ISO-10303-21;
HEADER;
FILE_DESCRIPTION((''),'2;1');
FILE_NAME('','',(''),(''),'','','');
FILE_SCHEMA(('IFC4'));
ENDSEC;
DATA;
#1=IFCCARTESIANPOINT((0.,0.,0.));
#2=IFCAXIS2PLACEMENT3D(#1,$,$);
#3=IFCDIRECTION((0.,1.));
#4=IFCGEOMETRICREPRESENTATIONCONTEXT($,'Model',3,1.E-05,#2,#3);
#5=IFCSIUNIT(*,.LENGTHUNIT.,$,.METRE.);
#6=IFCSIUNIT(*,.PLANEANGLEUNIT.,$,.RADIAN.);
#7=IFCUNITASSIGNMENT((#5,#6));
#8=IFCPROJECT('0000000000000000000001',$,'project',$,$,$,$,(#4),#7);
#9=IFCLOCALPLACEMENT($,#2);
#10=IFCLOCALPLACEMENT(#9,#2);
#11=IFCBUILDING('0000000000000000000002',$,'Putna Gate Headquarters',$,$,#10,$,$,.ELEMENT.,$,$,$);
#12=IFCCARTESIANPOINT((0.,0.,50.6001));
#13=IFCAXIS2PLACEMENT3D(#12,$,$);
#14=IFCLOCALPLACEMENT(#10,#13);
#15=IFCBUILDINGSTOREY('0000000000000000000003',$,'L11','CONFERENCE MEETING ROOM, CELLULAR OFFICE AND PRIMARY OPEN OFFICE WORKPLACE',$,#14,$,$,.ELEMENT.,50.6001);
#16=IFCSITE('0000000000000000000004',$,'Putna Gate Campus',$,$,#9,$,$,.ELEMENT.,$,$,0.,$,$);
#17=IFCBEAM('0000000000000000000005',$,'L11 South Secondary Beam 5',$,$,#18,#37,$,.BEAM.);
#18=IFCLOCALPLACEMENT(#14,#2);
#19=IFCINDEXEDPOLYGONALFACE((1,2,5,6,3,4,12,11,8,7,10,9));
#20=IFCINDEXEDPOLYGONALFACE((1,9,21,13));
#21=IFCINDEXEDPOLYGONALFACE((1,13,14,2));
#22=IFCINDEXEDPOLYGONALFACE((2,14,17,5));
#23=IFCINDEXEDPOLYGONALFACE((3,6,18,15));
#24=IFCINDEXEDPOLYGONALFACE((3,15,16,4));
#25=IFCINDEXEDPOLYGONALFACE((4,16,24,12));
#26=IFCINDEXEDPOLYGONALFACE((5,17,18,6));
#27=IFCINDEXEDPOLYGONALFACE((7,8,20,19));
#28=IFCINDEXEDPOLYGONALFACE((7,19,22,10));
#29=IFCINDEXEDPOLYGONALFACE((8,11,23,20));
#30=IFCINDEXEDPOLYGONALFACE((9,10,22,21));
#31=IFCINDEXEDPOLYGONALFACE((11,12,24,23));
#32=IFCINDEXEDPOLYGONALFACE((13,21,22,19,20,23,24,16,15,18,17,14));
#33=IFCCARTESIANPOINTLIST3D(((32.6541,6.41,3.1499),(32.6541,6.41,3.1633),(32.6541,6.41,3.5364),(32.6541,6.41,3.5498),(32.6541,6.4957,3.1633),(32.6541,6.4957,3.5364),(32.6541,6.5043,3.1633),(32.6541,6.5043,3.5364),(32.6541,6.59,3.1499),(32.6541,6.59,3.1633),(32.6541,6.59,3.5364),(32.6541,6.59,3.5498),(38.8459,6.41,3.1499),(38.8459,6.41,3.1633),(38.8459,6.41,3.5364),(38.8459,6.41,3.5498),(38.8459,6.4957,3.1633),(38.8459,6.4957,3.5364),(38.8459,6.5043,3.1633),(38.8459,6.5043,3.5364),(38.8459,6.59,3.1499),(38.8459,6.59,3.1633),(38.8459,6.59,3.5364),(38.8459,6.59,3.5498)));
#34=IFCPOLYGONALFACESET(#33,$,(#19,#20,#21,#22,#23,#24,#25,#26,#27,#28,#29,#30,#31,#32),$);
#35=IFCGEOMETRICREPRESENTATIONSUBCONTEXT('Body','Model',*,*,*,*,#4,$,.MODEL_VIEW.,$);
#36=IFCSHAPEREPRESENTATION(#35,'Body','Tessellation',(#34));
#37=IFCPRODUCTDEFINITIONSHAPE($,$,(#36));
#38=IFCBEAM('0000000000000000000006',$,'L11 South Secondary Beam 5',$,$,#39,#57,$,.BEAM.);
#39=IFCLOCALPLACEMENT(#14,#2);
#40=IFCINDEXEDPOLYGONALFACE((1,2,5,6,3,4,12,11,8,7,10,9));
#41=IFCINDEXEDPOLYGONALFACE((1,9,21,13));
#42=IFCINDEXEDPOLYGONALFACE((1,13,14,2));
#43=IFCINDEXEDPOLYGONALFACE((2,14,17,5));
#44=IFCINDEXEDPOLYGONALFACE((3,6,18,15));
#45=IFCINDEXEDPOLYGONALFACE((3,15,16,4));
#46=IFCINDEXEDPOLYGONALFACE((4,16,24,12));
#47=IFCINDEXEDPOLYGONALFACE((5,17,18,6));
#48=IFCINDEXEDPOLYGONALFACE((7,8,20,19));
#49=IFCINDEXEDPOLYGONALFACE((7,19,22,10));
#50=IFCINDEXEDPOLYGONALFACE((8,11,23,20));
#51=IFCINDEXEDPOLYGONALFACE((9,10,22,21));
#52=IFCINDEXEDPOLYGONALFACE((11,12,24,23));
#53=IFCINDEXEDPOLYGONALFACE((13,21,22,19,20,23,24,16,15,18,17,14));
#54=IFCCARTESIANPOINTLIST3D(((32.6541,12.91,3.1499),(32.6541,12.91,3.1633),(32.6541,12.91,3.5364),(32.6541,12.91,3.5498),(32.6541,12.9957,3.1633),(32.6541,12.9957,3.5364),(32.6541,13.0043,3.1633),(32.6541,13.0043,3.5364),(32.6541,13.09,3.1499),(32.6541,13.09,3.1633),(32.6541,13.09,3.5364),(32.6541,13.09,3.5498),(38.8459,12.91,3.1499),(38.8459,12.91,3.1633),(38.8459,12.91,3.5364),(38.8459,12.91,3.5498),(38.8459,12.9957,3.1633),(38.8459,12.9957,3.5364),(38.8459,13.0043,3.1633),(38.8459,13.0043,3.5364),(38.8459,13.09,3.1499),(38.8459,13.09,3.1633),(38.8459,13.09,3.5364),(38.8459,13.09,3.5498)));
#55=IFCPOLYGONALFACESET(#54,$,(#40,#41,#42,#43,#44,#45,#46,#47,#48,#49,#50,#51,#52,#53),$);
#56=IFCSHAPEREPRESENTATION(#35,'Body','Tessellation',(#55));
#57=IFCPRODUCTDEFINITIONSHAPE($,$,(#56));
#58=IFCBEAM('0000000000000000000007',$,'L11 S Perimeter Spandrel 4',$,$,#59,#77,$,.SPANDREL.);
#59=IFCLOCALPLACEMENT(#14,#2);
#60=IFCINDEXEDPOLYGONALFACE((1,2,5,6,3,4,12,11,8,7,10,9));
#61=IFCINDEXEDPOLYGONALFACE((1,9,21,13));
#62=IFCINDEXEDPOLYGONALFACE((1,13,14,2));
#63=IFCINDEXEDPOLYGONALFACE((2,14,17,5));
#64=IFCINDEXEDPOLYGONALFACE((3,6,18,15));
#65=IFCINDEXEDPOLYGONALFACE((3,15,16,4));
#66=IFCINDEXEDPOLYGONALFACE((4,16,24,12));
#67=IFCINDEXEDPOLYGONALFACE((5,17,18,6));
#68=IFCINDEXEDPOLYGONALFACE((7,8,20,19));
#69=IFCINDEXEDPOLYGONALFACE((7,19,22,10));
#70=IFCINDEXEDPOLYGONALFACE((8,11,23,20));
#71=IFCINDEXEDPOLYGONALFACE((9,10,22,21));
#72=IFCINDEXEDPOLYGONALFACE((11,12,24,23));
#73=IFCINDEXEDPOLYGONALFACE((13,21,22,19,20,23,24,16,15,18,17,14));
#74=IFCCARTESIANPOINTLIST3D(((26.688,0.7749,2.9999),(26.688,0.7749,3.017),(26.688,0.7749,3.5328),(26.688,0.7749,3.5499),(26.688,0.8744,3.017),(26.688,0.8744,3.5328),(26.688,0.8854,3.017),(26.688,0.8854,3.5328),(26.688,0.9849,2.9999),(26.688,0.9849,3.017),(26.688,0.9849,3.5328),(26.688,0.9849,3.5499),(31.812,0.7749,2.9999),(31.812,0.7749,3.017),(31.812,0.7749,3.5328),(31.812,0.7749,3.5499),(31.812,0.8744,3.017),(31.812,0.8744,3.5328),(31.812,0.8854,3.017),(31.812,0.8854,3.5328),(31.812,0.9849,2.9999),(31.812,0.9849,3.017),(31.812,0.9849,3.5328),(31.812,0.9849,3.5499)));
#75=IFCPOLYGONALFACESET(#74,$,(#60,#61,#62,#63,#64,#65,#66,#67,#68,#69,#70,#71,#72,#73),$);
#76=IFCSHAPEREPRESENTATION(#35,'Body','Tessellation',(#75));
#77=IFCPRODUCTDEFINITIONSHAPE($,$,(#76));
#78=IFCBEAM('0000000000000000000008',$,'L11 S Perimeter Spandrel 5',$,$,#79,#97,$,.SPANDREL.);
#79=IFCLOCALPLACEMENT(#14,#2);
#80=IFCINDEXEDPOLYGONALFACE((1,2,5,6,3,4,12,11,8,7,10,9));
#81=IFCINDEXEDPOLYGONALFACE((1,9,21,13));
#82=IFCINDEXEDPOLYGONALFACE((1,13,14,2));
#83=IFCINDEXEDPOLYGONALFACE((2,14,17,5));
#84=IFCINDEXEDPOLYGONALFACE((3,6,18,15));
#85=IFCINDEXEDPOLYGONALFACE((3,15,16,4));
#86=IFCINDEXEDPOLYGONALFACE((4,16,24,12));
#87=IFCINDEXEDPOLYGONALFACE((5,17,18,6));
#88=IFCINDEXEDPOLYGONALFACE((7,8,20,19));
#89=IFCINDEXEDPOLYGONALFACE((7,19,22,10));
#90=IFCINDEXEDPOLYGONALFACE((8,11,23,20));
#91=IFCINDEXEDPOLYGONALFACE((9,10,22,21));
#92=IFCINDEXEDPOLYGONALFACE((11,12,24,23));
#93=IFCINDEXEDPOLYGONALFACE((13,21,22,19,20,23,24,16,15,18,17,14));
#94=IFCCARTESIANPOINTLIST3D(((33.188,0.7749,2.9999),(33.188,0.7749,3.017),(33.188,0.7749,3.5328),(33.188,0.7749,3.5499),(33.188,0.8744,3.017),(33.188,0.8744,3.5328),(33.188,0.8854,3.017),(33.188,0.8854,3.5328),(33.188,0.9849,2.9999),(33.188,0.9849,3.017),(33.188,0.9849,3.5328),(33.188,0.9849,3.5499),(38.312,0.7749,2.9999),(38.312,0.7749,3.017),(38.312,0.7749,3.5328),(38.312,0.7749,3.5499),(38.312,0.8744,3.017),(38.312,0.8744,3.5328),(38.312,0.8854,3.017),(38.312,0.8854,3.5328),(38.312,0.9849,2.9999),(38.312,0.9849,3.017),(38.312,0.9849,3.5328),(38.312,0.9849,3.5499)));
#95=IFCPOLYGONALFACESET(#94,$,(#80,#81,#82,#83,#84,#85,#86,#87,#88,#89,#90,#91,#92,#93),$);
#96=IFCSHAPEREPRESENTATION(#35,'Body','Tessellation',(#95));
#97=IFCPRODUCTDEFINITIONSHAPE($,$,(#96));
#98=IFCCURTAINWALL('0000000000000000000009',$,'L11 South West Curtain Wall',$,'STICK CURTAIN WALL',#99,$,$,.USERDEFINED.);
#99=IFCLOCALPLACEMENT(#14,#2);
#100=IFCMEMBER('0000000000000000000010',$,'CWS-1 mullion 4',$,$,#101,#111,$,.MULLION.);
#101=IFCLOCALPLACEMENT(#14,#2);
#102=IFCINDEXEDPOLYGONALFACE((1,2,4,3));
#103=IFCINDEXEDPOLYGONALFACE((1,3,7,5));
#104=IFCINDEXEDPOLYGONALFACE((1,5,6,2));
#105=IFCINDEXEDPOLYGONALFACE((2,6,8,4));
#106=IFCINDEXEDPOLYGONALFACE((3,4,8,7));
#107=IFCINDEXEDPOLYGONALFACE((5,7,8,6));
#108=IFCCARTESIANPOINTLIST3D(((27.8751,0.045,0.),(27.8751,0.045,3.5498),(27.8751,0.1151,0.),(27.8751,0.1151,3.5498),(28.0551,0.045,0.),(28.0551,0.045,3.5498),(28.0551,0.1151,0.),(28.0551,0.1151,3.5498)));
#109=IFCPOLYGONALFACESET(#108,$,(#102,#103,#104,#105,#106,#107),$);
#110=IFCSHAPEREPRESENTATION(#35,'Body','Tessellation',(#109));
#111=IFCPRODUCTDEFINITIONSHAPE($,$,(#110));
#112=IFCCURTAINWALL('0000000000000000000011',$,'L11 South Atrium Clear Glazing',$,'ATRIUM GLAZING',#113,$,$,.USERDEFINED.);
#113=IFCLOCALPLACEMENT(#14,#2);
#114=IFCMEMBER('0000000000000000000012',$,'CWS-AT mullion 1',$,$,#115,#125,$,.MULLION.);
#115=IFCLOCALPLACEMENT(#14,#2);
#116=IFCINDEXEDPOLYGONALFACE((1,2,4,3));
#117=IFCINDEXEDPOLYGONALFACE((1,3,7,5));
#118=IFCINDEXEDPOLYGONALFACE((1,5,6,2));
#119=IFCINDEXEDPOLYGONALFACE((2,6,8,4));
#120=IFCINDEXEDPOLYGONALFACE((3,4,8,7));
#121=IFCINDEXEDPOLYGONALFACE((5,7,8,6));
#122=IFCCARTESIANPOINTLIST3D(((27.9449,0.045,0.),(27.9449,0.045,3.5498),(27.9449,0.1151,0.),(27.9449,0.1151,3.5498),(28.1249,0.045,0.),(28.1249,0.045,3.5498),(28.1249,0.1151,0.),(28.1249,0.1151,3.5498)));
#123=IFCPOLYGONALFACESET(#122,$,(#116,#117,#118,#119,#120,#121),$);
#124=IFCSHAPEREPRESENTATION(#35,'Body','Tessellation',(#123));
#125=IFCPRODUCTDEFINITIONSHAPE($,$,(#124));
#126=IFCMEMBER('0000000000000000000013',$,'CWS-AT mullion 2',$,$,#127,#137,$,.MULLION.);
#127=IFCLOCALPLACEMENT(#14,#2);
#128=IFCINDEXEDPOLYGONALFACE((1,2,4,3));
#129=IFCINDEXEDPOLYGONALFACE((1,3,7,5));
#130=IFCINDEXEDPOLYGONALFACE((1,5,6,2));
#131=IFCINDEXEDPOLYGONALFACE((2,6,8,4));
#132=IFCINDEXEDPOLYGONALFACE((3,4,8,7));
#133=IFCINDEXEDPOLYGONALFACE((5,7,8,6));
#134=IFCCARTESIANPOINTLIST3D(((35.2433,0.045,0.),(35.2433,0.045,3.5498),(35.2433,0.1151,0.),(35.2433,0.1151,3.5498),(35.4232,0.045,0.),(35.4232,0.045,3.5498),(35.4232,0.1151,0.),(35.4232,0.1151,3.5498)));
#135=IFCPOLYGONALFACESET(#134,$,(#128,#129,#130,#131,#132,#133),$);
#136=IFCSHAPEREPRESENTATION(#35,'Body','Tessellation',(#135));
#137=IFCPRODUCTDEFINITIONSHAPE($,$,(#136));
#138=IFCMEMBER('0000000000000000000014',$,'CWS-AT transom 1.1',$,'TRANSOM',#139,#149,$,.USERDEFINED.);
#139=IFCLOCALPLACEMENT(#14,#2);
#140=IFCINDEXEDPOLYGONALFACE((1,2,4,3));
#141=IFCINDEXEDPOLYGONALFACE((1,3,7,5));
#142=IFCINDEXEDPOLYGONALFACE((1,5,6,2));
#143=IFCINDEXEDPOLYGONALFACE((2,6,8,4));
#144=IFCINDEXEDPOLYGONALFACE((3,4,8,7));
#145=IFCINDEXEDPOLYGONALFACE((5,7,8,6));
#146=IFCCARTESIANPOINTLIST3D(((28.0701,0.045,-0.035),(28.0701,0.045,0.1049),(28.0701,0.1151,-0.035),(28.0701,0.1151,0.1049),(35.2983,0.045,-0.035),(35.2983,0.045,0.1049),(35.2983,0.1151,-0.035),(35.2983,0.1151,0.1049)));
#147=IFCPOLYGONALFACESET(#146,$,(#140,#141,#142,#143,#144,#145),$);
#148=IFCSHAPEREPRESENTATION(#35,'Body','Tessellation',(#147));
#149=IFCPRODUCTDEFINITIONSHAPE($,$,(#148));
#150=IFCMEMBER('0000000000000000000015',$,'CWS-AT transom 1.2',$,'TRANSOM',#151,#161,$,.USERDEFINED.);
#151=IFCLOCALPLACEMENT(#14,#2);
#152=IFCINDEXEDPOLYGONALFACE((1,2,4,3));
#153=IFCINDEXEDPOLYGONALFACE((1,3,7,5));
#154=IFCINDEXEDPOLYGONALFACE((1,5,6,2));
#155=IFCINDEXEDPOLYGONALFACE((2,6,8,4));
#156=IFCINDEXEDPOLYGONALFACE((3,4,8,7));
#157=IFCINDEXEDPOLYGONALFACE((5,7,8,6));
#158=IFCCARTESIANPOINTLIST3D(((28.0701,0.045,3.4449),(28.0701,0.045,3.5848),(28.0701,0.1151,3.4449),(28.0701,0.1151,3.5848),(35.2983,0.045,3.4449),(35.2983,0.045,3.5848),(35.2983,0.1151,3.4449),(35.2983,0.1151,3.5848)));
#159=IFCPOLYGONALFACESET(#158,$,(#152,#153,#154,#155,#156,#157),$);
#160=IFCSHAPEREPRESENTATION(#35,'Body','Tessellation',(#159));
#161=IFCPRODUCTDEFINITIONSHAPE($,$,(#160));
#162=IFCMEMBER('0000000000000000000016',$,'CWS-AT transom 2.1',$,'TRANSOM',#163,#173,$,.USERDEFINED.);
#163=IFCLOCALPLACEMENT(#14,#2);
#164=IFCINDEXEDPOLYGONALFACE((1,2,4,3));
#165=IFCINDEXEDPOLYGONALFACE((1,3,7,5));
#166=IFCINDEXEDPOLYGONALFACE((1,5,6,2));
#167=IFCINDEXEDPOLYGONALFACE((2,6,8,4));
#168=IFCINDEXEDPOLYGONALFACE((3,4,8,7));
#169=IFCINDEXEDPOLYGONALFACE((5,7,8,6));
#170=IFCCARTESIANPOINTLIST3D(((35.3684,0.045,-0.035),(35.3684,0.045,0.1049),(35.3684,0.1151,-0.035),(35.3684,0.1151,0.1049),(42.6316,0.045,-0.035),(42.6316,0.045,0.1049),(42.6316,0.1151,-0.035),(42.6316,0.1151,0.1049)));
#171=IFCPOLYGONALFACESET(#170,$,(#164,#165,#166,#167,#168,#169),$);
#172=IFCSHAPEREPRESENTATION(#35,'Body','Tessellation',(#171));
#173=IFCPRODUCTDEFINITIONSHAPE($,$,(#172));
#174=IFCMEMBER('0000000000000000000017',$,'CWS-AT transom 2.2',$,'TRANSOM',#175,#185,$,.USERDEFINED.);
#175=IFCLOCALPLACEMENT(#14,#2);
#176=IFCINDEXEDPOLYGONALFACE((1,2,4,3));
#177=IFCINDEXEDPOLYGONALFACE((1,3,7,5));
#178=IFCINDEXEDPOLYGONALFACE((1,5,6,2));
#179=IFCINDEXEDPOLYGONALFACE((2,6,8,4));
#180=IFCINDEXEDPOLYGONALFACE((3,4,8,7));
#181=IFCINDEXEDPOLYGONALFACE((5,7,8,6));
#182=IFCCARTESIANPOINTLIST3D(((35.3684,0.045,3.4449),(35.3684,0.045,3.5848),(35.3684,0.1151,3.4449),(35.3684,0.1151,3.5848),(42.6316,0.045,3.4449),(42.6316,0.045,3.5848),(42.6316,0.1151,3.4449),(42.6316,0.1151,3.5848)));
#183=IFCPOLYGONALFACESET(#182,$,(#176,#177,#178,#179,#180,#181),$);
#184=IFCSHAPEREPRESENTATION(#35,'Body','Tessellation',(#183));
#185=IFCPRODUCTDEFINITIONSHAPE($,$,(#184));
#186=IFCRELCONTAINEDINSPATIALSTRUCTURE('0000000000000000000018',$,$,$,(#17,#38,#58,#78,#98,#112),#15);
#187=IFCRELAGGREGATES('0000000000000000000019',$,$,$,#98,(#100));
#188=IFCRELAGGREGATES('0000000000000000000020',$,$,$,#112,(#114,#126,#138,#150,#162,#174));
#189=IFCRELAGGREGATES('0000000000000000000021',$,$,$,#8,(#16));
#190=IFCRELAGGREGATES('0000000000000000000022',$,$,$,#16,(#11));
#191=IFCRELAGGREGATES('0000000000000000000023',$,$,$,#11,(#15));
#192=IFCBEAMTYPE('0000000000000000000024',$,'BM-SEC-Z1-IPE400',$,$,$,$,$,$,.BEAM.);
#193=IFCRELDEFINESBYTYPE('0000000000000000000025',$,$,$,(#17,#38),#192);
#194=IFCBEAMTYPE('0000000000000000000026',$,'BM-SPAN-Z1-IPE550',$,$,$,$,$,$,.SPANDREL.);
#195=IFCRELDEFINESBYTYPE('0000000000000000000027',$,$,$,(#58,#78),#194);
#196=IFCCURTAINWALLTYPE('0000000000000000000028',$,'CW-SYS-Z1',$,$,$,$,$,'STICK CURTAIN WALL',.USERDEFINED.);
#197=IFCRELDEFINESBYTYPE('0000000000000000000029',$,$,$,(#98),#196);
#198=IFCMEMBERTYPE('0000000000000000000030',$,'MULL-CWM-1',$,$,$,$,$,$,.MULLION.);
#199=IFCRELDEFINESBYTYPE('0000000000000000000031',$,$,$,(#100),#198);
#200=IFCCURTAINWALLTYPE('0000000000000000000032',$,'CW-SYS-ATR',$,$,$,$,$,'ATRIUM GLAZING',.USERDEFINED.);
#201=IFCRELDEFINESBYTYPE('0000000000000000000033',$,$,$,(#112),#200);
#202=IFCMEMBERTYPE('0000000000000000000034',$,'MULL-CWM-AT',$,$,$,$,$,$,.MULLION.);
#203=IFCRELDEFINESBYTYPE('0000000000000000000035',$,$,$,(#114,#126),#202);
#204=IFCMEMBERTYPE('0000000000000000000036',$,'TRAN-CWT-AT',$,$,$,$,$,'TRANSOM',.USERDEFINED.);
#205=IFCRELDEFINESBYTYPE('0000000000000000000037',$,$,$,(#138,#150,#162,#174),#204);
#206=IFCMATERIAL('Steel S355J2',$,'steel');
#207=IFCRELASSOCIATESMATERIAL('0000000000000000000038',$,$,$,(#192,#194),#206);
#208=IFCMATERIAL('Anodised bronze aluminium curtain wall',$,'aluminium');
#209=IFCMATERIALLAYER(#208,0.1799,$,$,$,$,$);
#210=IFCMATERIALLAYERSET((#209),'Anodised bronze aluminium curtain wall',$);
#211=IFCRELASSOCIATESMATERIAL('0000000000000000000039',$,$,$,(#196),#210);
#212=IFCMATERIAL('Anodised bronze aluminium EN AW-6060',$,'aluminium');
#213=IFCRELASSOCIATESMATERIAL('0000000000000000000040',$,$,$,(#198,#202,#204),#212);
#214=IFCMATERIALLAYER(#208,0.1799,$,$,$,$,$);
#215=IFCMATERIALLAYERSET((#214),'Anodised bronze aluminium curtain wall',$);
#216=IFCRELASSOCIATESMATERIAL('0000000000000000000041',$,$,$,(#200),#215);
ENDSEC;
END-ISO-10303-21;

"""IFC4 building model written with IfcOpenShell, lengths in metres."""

from ifc_helpers import new_model, si_unit, direction, frame, origin, origin_2d, place, context, subcontext, project, spatial, rectangle, i_section, extrude, material, layer, layer_set, material_profile, profile_set, type_object, element, aggregate, save


model = new_model("IFC4")

# Units and contexts
model_context = context("Model", 3, precision=1e-05, world=origin(), true_north=direction((0.0, 1.0)))
body_context = subcontext(model_context, "Body", "Model", "MODEL_VIEW")
ifc_project = project(units=[si_unit("LENGTHUNIT", "METRE"), si_unit("PLANEANGLEUNIT", "RADIAN")], contexts=[model_context])

# Site, building, storey
site_placement = place(None, origin())
site = spatial("IfcSite", under=ifc_project, at=site_placement, Name="Putna Gate Campus", CompositionType="ELEMENT", RefElevation=0.0)
building_placement = place(site_placement, origin())
building = spatial("IfcBuilding", under=site, at=building_placement, Name="Putna Gate Headquarters", CompositionType="ELEMENT")
storey_placement = place(building_placement, frame((0.0, 0.0, 50.6001)))
storey = spatial("IfcBuildingStorey", under=building, at=storey_placement, Name="L11", Description="CONFERENCE MEETING ROOM, CELLULAR OFFICE AND PRIMARY OPEN OFFICE WORKPLACE", CompositionType="ELEMENT", Elevation=50.6001)

# Beams
ifc_material_1 = material(Name="Steel S355J2", Category="steel")
ifc_material_profile_1 = material_profile(ifc_material_1, i_section(OverallWidth=0.1799, OverallDepth=0.3999, WebThickness=0.0085, FlangeThickness=0.0134, at=origin_2d()), Name="Steel S355J2")
ifc_profile_set_1 = profile_set([ifc_material_profile_1], Name="Steel S355J2")
beam_type_1 = type_object("IfcBeamType", Name="BM-SEC-Z1-IPE400", PredefinedType="BEAM", material=ifc_profile_set_1)
for number, where, z_axis, x_axis, name in (
    (1, (32.6541, 6.5, 3.3499), (1.0, 0.0, 0.0), (0.0, 1.0, 0.0), "L11 South Secondary Beam 5"),
    (2, (32.6541, 13.0, 3.3499), (1.0, 0.0, 0.0), (0.0, 1.0, 0.0), "L11 South Secondary Beam 5"),
):
    element("IfcBeam", number, at=place(storey_placement, frame(where, z_axis=z_axis, x_axis=x_axis)), inside=storey, type_object=beam_type_1, Name=name, PredefinedType="BEAM", context=body_context, shape_type="SweptSolid", body=[
        extrude(i_section(OverallWidth=0.1799, OverallDepth=0.3999, WebThickness=0.0085, FlangeThickness=0.0134, at=origin_2d()), origin(), (0.0, 0.0, 1.0), 6.1919),
    ])
ifc_material_profile_2 = material_profile(ifc_material_1, i_section(OverallWidth=0.21, OverallDepth=0.55, WebThickness=0.011, FlangeThickness=0.0171, at=origin_2d()), Name="Steel S355J2")
ifc_profile_set_2 = profile_set([ifc_material_profile_2], Name="Steel S355J2")
beam_type_2 = type_object("IfcBeamType", Name="BM-SPAN-Z1-IPE550", PredefinedType="SPANDREL", material=ifc_profile_set_2)
for number, where, z_axis, x_axis, name in (
    (3, (26.688, 0.8799, 3.2749), (1.0, 0.0, 0.0), (0.0, 1.0, 0.0), "L11 S Perimeter Spandrel 4"),
    (4, (33.188, 0.8799, 3.2749), (1.0, 0.0, 0.0), (0.0, 1.0, 0.0), "L11 S Perimeter Spandrel 5"),
):
    element("IfcBeam", number, at=place(storey_placement, frame(where, z_axis=z_axis, x_axis=x_axis)), inside=storey, type_object=beam_type_2, Name=name, PredefinedType="SPANDREL", context=body_context, shape_type="SweptSolid", body=[
        extrude(i_section(OverallWidth=0.21, OverallDepth=0.55, WebThickness=0.011, FlangeThickness=0.0171, at=origin_2d()), origin(), (0.0, 0.0, 1.0), 5.124),
    ])

# Curtain wall, member
ifc_material_2 = material(Name="Anodised bronze aluminium curtain wall", Category="aluminium")
ifc_layer_1 = layer(ifc_material_2, 0.1799)
ifc_layer_set_1 = layer_set([ifc_layer_1], Name="Anodised bronze aluminium curtain wall")
curtain_wall_type_1 = type_object("IfcCurtainWallType", Name="CW-SYS-Z1", ElementType="STICK CURTAIN WALL", PredefinedType="USERDEFINED", material=ifc_layer_set_1)
curtain_wall_1_placement = place(storey_placement, origin())
curtain_wall_1 = element("IfcCurtainWall", 5, at=curtain_wall_1_placement, inside=storey, type_object=curtain_wall_type_1, Name="L11 South West Curtain Wall", ObjectType="STICK CURTAIN WALL", PredefinedType="USERDEFINED")
ifc_material_3 = material(Name="Anodised bronze aluminium EN AW-6060", Category="aluminium")
ifc_material_profile_3 = material_profile(ifc_material_3, rectangle(XDim=0.0701, YDim=0.1799, at=origin_2d()), Name="Anodised bronze aluminium EN AW-6060")
ifc_profile_set_3 = profile_set([ifc_material_profile_3], Name="Anodised bronze aluminium EN AW-6060")
member_type_1 = type_object("IfcMemberType", Name="MULL-CWM-1", PredefinedType="MULLION", material=ifc_profile_set_3)
member_1_placement = place(storey_placement, frame((27.9651, 0.0801, 0.0), z_axis=(0.0, 0.0, 1.0), x_axis=(0.0, 1.0, 0.0)))
member_1 = element("IfcMember", 6, at=member_1_placement, type_object=member_type_1, Name="CWS-1 mullion 4", PredefinedType="MULLION", context=body_context, shape_type="SweptSolid", body=[
    extrude(rectangle(XDim=0.0701, YDim=0.1799, at=origin_2d()), origin(), (0.0, 0.0, 1.0), 3.5498),
])
aggregate(curtain_wall_1, [member_1])

# Curtain wall, members
ifc_layer_2 = layer(ifc_material_2, 0.1799)
ifc_layer_set_2 = layer_set([ifc_layer_2], Name="Anodised bronze aluminium curtain wall")
curtain_wall_type_2 = type_object("IfcCurtainWallType", Name="CW-SYS-ATR", ElementType="ATRIUM GLAZING", PredefinedType="USERDEFINED", material=ifc_layer_set_2)
curtain_wall_2_placement = place(storey_placement, origin())
curtain_wall_2 = element("IfcCurtainWall", 7, at=curtain_wall_2_placement, inside=storey, type_object=curtain_wall_type_2, Name="L11 South Atrium Clear Glazing", ObjectType="ATRIUM GLAZING", PredefinedType="USERDEFINED")
ifc_material_profile_4 = material_profile(ifc_material_3, rectangle(XDim=0.0701, YDim=0.1799, at=origin_2d()), Name="Anodised bronze aluminium EN AW-6060")
ifc_profile_set_4 = profile_set([ifc_material_profile_4], Name="Anodised bronze aluminium EN AW-6060")
member_type_2 = type_object("IfcMemberType", Name="MULL-CWM-AT", PredefinedType="MULLION", material=ifc_profile_set_4)
member_2_placement = place(storey_placement, frame((28.0349, 0.0801, 0.0), z_axis=(0.0, 0.0, 1.0), x_axis=(0.0, 1.0, 0.0)))
member_2 = element("IfcMember", 8, at=member_2_placement, type_object=member_type_2, Name="CWS-AT mullion 1", PredefinedType="MULLION", context=body_context, shape_type="SweptSolid", body=[
    extrude(rectangle(XDim=0.0701, YDim=0.1799, at=origin_2d()), origin(), (0.0, 0.0, 1.0), 3.5498),
])
member_3_placement = place(storey_placement, frame((35.3333, 0.0801, 0.0), z_axis=(0.0, 0.0, 1.0), x_axis=(0.0, 1.0, 0.0)))
member_3 = element("IfcMember", 9, at=member_3_placement, type_object=member_type_2, Name="CWS-AT mullion 2", PredefinedType="MULLION", context=body_context, shape_type="SweptSolid", body=[
    extrude(rectangle(XDim=0.0701, YDim=0.1799, at=origin_2d()), origin(), (0.0, 0.0, 1.0), 3.5498),
])
ifc_material_profile_5 = material_profile(ifc_material_3, rectangle(XDim=0.0701, YDim=0.1399, at=origin_2d()), Name="Anodised bronze aluminium EN AW-6060")
ifc_profile_set_5 = profile_set([ifc_material_profile_5], Name="Anodised bronze aluminium EN AW-6060")
member_type_3 = type_object("IfcMemberType", Name="TRAN-CWT-AT", ElementType="TRANSOM", PredefinedType="USERDEFINED", material=ifc_profile_set_5)
member_4_placement = place(storey_placement, frame((28.0701, 0.0801, 0.0349), z_axis=(1.0, 0.0, 0.0), x_axis=(0.0, 1.0, 0.0)))
member_4 = element("IfcMember", 10, at=member_4_placement, type_object=member_type_3, Name="CWS-AT transom 1.1", ObjectType="TRANSOM", PredefinedType="USERDEFINED", context=body_context, shape_type="SweptSolid", body=[
    extrude(rectangle(XDim=0.0701, YDim=0.1399, at=origin_2d()), origin(), (0.0, 0.0, 1.0), 7.2283),
])
member_5_placement = place(storey_placement, frame((28.0701, 0.0801, 3.5149), z_axis=(1.0, 0.0, 0.0), x_axis=(0.0, 1.0, 0.0)))
member_5 = element("IfcMember", 11, at=member_5_placement, type_object=member_type_3, Name="CWS-AT transom 1.2", ObjectType="TRANSOM", PredefinedType="USERDEFINED", context=body_context, shape_type="SweptSolid", body=[
    extrude(rectangle(XDim=0.0701, YDim=0.1399, at=origin_2d()), origin(), (0.0, 0.0, 1.0), 7.2283),
])
member_6_placement = place(storey_placement, frame((35.3684, 0.0801, 0.0349), z_axis=(1.0, 0.0, 0.0), x_axis=(0.0, 1.0, 0.0)))
member_6 = element("IfcMember", 12, at=member_6_placement, type_object=member_type_3, Name="CWS-AT transom 2.1", ObjectType="TRANSOM", PredefinedType="USERDEFINED", context=body_context, shape_type="SweptSolid", body=[
    extrude(rectangle(XDim=0.0701, YDim=0.1399, at=origin_2d()), origin(), (0.0, 0.0, 1.0), 7.2632),
])
member_7_placement = place(storey_placement, frame((35.3684, 0.0801, 3.5149), z_axis=(1.0, 0.0, 0.0), x_axis=(0.0, 1.0, 0.0)))
member_7 = element("IfcMember", 13, at=member_7_placement, type_object=member_type_3, Name="CWS-AT transom 2.2", ObjectType="TRANSOM", PredefinedType="USERDEFINED", context=body_context, shape_type="SweptSolid", body=[
    extrude(rectangle(XDim=0.0701, YDim=0.1399, at=origin_2d()), origin(), (0.0, 0.0, 1.0), 7.2632),
])
aggregate(curtain_wall_2, [member_2, member_3, member_4, member_5, member_6, member_7])

save(model, "model.ifc")
